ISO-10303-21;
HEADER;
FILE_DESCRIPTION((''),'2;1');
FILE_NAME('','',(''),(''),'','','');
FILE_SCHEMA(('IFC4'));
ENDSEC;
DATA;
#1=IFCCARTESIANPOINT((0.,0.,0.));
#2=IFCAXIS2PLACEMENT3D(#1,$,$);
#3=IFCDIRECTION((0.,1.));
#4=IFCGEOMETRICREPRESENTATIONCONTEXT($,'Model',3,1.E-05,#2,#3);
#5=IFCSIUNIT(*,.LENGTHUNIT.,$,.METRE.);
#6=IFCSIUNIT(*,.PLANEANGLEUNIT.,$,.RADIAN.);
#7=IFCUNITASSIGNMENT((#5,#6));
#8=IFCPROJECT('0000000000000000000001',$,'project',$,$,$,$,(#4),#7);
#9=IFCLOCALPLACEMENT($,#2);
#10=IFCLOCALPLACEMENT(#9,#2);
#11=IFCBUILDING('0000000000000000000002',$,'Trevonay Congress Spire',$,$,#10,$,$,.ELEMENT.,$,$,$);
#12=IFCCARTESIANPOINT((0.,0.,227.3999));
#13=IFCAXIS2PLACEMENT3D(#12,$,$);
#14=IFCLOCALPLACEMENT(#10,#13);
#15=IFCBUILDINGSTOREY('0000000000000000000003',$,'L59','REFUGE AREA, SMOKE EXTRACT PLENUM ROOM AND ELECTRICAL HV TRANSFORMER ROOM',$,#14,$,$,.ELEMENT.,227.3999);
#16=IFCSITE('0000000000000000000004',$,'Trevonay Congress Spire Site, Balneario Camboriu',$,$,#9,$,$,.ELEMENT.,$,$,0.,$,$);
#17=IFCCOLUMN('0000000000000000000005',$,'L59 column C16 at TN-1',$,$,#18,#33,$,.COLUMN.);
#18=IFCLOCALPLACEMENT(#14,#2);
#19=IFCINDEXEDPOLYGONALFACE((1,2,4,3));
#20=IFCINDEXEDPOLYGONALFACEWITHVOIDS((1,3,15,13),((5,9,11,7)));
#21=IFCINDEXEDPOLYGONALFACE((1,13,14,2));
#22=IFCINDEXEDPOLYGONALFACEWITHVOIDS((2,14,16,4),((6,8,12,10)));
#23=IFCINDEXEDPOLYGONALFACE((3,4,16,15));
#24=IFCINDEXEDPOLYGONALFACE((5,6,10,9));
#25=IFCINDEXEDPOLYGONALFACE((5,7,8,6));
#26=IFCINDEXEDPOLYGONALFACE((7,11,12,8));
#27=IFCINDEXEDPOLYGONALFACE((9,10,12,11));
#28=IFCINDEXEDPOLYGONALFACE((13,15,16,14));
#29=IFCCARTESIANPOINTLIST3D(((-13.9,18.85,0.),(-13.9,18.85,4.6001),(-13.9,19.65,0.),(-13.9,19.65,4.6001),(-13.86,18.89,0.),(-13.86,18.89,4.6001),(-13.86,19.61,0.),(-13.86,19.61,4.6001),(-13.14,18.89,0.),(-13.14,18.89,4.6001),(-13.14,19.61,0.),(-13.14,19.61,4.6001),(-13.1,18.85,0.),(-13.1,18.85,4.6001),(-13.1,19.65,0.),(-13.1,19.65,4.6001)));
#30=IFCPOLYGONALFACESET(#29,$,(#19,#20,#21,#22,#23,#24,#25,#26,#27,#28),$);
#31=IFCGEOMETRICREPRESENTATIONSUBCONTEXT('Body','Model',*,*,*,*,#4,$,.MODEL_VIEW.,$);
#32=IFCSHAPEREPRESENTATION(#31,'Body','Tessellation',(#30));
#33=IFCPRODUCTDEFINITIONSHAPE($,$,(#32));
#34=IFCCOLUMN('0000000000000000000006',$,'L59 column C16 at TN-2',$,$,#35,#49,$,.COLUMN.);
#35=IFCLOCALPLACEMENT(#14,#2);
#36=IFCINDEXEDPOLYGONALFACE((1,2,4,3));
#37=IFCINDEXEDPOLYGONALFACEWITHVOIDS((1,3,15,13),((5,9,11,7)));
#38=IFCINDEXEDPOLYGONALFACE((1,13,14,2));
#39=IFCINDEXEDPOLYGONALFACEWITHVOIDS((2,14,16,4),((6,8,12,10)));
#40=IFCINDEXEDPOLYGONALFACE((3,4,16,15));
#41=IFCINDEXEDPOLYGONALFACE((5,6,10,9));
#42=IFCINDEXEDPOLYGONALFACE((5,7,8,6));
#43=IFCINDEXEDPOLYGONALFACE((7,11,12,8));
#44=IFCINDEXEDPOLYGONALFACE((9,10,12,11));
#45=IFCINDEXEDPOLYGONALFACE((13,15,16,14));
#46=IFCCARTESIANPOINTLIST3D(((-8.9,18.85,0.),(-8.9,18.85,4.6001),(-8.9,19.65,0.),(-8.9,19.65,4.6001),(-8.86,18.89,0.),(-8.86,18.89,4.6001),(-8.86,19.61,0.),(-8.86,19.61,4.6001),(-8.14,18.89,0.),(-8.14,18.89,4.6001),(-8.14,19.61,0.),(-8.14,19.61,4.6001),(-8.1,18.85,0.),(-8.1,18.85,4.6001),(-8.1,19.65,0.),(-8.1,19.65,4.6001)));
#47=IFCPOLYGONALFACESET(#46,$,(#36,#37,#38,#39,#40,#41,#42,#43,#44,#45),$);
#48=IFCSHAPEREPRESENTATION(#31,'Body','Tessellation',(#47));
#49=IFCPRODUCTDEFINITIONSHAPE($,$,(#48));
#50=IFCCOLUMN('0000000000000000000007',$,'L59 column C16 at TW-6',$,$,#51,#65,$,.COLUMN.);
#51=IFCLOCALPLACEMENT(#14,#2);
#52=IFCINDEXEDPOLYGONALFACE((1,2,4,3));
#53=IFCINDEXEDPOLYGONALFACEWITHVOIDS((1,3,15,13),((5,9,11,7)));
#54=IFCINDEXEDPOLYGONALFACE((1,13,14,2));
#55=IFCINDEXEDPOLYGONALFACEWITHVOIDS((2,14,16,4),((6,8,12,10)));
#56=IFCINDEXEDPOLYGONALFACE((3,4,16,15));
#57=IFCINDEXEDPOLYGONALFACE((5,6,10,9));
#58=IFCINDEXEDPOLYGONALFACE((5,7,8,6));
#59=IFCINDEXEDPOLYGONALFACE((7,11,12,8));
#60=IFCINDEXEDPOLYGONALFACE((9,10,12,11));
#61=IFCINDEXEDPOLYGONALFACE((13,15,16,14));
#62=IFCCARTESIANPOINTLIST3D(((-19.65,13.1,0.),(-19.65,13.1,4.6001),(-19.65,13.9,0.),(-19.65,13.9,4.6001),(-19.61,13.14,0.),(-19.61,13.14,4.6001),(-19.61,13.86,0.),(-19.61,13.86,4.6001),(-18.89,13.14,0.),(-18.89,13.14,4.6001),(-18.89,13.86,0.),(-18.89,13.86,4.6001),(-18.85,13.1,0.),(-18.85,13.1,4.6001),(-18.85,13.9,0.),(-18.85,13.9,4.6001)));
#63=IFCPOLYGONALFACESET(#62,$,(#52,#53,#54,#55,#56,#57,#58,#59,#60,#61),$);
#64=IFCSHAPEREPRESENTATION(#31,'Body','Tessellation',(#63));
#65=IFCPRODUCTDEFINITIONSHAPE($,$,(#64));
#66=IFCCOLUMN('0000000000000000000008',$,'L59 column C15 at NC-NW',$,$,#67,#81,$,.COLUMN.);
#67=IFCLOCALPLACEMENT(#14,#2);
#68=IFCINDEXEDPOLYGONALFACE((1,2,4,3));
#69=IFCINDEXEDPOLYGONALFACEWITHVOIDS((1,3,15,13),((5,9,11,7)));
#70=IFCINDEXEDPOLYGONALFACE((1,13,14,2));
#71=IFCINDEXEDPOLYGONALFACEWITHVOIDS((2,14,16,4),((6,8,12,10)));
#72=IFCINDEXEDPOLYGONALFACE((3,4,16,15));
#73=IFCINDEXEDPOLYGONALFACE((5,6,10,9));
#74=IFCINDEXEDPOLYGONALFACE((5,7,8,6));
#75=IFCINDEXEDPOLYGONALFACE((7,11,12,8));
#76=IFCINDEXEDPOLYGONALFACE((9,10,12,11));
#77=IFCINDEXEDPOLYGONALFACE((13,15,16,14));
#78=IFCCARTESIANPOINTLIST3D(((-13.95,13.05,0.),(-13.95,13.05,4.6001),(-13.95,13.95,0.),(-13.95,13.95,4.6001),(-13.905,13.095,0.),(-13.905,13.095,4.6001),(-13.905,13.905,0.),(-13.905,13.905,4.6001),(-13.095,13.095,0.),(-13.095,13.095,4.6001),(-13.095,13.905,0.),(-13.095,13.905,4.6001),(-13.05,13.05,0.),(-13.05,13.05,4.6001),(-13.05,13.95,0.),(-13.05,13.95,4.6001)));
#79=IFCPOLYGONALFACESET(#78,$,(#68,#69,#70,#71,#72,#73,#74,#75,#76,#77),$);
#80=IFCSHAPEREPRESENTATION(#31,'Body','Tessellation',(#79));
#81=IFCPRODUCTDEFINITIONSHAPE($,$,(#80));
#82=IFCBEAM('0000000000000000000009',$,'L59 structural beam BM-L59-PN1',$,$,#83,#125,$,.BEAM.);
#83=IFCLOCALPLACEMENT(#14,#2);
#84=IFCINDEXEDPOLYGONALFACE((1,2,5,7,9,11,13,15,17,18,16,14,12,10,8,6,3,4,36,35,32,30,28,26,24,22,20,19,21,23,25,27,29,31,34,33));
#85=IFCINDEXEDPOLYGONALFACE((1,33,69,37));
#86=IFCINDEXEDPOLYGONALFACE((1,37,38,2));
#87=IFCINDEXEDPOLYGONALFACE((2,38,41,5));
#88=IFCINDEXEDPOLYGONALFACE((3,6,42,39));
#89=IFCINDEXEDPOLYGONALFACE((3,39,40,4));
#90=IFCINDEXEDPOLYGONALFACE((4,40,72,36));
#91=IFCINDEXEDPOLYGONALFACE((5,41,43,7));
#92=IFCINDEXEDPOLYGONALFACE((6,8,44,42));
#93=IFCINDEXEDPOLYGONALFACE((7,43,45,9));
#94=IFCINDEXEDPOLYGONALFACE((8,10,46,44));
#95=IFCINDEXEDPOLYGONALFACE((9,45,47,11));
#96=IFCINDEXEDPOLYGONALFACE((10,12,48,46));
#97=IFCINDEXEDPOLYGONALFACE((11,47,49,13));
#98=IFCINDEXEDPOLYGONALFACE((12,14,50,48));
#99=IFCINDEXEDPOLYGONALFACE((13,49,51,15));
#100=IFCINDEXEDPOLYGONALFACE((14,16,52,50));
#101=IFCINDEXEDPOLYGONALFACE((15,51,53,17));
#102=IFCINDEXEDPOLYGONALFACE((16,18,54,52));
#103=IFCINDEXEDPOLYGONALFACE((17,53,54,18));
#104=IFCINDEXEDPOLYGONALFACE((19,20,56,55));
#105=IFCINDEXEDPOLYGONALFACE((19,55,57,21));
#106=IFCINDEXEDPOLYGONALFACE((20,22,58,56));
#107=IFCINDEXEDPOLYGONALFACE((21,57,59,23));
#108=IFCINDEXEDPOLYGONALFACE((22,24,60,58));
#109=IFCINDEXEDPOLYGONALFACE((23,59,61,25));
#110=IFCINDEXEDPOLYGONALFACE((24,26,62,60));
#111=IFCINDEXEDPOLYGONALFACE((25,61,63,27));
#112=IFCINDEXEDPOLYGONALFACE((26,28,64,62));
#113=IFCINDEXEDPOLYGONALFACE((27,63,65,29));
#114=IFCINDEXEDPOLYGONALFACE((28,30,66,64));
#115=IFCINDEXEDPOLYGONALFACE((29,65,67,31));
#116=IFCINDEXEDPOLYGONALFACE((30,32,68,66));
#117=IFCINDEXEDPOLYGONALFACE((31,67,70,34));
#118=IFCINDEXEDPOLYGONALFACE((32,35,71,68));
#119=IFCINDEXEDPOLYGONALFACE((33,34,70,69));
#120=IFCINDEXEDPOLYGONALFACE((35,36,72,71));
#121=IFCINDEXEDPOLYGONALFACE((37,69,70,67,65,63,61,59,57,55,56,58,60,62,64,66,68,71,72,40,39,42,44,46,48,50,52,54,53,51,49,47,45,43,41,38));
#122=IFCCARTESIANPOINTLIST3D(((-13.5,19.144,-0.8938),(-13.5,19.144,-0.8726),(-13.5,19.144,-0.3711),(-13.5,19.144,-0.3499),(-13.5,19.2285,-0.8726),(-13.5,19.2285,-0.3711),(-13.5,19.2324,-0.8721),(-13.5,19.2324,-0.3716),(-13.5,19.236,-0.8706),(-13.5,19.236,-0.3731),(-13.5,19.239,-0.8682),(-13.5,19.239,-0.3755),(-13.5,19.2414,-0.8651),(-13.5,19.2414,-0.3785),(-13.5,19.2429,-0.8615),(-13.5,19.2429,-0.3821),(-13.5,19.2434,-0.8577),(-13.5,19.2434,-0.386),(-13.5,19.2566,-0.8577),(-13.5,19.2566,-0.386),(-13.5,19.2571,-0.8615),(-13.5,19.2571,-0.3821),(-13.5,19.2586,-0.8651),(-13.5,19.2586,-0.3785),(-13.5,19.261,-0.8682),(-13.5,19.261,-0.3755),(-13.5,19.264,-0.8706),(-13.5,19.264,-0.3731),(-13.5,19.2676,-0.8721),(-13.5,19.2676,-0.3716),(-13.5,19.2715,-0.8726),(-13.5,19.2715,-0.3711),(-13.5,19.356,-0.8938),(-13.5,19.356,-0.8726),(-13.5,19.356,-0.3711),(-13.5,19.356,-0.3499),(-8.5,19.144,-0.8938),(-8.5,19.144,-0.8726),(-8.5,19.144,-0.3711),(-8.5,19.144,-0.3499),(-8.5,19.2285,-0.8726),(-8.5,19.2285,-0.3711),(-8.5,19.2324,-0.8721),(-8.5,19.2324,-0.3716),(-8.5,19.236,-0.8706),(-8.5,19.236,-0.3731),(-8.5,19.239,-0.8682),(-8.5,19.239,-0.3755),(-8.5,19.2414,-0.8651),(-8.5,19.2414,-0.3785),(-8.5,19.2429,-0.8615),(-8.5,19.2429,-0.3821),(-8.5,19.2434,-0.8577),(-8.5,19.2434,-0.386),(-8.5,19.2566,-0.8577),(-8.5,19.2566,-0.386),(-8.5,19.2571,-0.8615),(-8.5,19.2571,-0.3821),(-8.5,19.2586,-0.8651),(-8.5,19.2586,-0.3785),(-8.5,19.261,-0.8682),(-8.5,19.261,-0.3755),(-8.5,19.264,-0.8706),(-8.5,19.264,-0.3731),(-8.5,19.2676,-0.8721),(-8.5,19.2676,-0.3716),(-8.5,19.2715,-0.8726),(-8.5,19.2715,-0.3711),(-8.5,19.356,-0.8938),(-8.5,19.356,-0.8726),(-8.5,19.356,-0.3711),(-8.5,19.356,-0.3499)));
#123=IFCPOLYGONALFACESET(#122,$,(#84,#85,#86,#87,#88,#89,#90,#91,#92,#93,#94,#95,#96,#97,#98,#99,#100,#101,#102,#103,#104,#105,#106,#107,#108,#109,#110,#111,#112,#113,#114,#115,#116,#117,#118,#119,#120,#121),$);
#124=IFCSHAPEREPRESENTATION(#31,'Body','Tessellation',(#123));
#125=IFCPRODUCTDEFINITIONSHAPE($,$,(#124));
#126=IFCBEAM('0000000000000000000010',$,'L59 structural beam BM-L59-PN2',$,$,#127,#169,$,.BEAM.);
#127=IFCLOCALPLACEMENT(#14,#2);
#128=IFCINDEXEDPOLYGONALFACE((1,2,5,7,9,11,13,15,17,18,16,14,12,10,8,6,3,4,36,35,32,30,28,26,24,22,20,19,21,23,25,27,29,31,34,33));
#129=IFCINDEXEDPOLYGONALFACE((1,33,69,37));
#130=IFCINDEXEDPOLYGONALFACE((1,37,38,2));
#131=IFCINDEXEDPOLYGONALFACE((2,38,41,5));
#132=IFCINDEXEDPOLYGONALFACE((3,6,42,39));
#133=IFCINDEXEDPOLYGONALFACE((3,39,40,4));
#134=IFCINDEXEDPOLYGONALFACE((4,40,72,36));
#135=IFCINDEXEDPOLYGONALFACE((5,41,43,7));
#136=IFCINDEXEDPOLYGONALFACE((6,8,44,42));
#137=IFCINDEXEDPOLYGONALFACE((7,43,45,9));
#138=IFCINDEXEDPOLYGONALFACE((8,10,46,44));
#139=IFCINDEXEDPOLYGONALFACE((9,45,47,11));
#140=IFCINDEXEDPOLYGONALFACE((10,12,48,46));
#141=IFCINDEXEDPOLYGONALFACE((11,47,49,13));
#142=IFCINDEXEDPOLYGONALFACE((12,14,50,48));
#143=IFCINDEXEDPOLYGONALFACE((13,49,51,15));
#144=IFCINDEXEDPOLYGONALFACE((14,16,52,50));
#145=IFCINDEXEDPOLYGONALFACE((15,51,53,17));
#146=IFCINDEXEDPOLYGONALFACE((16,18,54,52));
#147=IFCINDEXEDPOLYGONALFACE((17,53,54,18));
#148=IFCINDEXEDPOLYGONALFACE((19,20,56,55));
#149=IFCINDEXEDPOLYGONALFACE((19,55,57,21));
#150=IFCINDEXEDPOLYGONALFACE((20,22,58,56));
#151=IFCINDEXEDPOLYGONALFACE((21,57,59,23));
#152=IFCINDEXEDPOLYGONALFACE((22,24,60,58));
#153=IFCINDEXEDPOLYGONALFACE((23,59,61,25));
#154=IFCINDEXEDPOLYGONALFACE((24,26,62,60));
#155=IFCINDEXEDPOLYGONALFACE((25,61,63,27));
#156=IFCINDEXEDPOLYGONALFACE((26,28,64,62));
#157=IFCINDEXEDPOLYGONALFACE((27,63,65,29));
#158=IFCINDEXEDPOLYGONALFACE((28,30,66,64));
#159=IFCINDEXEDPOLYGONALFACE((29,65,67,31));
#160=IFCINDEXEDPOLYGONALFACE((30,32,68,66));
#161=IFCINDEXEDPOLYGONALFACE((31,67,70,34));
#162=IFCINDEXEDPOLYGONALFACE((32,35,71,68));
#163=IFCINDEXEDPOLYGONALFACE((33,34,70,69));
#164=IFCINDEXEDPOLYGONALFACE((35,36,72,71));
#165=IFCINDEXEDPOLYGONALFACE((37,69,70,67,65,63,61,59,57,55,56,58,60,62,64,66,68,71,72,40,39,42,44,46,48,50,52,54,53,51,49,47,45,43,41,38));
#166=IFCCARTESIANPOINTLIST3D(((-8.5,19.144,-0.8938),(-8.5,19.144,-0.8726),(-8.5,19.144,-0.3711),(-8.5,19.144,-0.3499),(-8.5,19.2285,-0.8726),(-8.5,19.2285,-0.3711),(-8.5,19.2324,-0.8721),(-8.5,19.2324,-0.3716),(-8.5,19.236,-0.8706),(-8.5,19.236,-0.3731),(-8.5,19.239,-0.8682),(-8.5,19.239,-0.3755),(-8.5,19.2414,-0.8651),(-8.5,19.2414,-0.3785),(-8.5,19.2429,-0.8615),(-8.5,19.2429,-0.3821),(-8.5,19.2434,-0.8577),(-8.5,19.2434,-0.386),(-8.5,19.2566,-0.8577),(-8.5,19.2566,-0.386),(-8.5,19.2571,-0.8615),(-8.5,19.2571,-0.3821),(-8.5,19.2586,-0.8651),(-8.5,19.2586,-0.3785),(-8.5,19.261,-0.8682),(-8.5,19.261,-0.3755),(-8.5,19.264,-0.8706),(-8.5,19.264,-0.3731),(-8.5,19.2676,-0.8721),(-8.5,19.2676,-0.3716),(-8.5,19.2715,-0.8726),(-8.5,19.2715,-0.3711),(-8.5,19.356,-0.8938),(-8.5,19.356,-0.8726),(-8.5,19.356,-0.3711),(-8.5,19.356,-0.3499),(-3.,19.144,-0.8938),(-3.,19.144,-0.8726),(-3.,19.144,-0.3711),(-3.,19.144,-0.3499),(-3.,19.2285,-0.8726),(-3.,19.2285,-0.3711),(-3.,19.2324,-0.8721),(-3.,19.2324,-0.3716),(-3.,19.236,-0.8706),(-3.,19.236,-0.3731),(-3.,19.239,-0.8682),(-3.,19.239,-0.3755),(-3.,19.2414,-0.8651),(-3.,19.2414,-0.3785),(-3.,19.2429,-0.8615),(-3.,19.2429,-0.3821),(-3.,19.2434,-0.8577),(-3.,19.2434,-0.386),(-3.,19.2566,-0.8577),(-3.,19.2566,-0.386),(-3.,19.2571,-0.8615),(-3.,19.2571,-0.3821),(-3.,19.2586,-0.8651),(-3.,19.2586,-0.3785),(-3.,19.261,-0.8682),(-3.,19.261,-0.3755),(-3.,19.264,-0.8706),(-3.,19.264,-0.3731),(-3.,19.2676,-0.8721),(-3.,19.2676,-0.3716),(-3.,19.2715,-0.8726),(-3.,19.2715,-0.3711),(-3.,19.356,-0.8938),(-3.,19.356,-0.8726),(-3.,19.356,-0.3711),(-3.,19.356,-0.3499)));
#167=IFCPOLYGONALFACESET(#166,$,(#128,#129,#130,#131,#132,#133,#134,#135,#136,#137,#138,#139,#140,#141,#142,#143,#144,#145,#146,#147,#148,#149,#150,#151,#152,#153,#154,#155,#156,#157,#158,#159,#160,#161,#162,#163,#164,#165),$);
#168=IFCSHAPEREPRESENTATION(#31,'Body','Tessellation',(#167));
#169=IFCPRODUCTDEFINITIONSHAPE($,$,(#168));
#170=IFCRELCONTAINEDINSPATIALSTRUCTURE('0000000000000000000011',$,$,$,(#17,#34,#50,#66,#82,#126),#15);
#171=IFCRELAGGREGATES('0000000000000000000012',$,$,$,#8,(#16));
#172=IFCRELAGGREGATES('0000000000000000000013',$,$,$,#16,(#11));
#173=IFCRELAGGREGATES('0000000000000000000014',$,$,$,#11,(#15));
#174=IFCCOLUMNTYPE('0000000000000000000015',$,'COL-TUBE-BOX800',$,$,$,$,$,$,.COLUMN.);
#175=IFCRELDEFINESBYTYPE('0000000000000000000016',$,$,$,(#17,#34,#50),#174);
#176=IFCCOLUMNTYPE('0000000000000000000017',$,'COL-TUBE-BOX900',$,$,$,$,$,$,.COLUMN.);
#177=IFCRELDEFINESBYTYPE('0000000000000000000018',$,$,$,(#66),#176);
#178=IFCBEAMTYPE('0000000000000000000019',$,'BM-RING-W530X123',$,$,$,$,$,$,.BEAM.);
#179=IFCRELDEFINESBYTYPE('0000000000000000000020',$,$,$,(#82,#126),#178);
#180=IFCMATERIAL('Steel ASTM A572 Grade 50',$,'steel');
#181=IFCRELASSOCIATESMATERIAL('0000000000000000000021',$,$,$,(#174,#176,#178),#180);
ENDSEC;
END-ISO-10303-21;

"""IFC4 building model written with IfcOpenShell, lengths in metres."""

from ifc_helpers import new_model, si_unit, direction, frame, origin, origin_2d, place, context, subcontext, project, spatial, hollow_rectangle, i_section, extrude, material, material_profile, profile_set, type_object, element, save


model = new_model("IFC4")

# Units and contexts
model_context = context("Model", 3, precision=1e-05, world=origin(), true_north=direction((0.0, 1.0)))
body_context = subcontext(model_context, "Body", "Model", "MODEL_VIEW")
ifc_project = project(units=[si_unit("LENGTHUNIT", "METRE"), si_unit("PLANEANGLEUNIT", "RADIAN")], contexts=[model_context])

# Site, building, storey
site_placement = place(None, origin())
site = spatial("IfcSite", under=ifc_project, at=site_placement, Name="Trevonay Congress Spire Site, Balneario Camboriu", CompositionType="ELEMENT", RefElevation=0.0)
building_placement = place(site_placement, origin())
building = spatial("IfcBuilding", under=site, at=building_placement, Name="Trevonay Congress Spire", CompositionType="ELEMENT")
storey_placement = place(building_placement, frame((0.0, 0.0, 227.3999)))
storey = spatial("IfcBuildingStorey", under=building, at=storey_placement, Name="L59", Description="REFUGE AREA, SMOKE EXTRACT PLENUM ROOM AND ELECTRICAL HV TRANSFORMER ROOM", CompositionType="ELEMENT", Elevation=227.3999)

# Columns
ifc_material_1 = material(Name="Steel ASTM A572 Grade 50", Category="steel")
ifc_material_profile_1 = material_profile(ifc_material_1, hollow_rectangle(XDim=0.8, YDim=0.8, WallThickness=0.04, at=origin_2d()), Name="BOX 800x800x40")
ifc_profile_set_1 = profile_set([ifc_material_profile_1], Name="Steel ASTM A572 Grade 50")
column_type_1 = type_object("IfcColumnType", Name="COL-TUBE-BOX800", PredefinedType="COLUMN", material=ifc_profile_set_1)
for number, where, z_axis, x_axis, name in (
    (1, (-13.5, 19.25, 0.0), (0.0, 0.0, 1.0), (1.0, 0.0, 0.0), "L59 column C16 at TN-1"),
    (2, (-8.5, 19.25, 0.0), (0.0, 0.0, 1.0), (1.0, 0.0, 0.0), "L59 column C16 at TN-2"),
    (3, (-19.25, 13.5, 0.0), (0.0, 0.0, 1.0), (1.0, 0.0, 0.0), "L59 column C16 at TW-6"),
):
    element("IfcColumn", number, at=place(storey_placement, frame(where, z_axis=z_axis, x_axis=x_axis)), inside=storey, type_object=column_type_1, Name=name, PredefinedType="COLUMN", context=body_context, shape_type="SweptSolid", body=[
        extrude(hollow_rectangle(XDim=0.8, YDim=0.8, WallThickness=0.04, at=origin_2d()), origin(), (0.0, 0.0, 1.0), 4.6001),
    ])
ifc_material_profile_2 = material_profile(ifc_material_1, hollow_rectangle(XDim=0.8999, YDim=0.8999, WallThickness=0.0449, at=origin_2d()), Name="BOX 900x900x45")
ifc_profile_set_2 = profile_set([ifc_material_profile_2], Name="Steel ASTM A572 Grade 50")
column_type_2 = type_object("IfcColumnType", Name="COL-TUBE-BOX900", PredefinedType="COLUMN", material=ifc_profile_set_2)
column_placement = place(storey_placement, frame((-13.5, 13.5, 0.0), z_axis=(0.0, 0.0, 1.0), x_axis=(1.0, 0.0, 0.0)))
element("IfcColumn", 4, at=column_placement, inside=storey, type_object=column_type_2, Name="L59 column C15 at NC-NW", PredefinedType="COLUMN", context=body_context, shape_type="SweptSolid", body=[
    extrude(hollow_rectangle(XDim=0.8999, YDim=0.8999, WallThickness=0.0449, at=origin_2d()), origin(), (0.0, 0.0, 1.0), 4.6001),
])

# Beams
ifc_material_profile_3 = material_profile(ifc_material_1, i_section(OverallWidth=0.2119, OverallDepth=0.5439, WebThickness=0.0132, FlangeThickness=0.0212, FilletRadius=0.0149, at=origin_2d()), Name="W530x123")
ifc_profile_set_3 = profile_set([ifc_material_profile_3], Name="Steel ASTM A572 Grade 50")
beam_type = type_object("IfcBeamType", Name="BM-RING-W530X123", PredefinedType="BEAM", material=ifc_profile_set_3)
beam_1_placement = place(storey_placement, frame((-13.5, 19.25, -0.6218), z_axis=(1.0, 0.0, 0.0), x_axis=(0.0, 1.0, 0.0)))
element("IfcBeam", 5, at=beam_1_placement, inside=storey, type_object=beam_type, Name="L59 structural beam BM-L59-PN1", PredefinedType="BEAM", context=body_context, shape_type="SweptSolid", body=[
    extrude(i_section(OverallWidth=0.2119, OverallDepth=0.5439, WebThickness=0.0132, FlangeThickness=0.0212, FilletRadius=0.0149, at=origin_2d()), origin(), (0.0, 0.0, 1.0), 5.0),
])
beam_2_placement = place(storey_placement, frame((-8.5, 19.25, -0.6218), z_axis=(1.0, 0.0, 0.0), x_axis=(0.0, 1.0, 0.0)))
element("IfcBeam", 6, at=beam_2_placement, inside=storey, type_object=beam_type, Name="L59 structural beam BM-L59-PN2", PredefinedType="BEAM", context=body_context, shape_type="SweptSolid", body=[
    extrude(i_section(OverallWidth=0.2119, OverallDepth=0.5439, WebThickness=0.0132, FlangeThickness=0.0212, FilletRadius=0.0149, at=origin_2d()), origin(), (0.0, 0.0, 1.0), 5.5),
])

save(model, "model.ifc")
